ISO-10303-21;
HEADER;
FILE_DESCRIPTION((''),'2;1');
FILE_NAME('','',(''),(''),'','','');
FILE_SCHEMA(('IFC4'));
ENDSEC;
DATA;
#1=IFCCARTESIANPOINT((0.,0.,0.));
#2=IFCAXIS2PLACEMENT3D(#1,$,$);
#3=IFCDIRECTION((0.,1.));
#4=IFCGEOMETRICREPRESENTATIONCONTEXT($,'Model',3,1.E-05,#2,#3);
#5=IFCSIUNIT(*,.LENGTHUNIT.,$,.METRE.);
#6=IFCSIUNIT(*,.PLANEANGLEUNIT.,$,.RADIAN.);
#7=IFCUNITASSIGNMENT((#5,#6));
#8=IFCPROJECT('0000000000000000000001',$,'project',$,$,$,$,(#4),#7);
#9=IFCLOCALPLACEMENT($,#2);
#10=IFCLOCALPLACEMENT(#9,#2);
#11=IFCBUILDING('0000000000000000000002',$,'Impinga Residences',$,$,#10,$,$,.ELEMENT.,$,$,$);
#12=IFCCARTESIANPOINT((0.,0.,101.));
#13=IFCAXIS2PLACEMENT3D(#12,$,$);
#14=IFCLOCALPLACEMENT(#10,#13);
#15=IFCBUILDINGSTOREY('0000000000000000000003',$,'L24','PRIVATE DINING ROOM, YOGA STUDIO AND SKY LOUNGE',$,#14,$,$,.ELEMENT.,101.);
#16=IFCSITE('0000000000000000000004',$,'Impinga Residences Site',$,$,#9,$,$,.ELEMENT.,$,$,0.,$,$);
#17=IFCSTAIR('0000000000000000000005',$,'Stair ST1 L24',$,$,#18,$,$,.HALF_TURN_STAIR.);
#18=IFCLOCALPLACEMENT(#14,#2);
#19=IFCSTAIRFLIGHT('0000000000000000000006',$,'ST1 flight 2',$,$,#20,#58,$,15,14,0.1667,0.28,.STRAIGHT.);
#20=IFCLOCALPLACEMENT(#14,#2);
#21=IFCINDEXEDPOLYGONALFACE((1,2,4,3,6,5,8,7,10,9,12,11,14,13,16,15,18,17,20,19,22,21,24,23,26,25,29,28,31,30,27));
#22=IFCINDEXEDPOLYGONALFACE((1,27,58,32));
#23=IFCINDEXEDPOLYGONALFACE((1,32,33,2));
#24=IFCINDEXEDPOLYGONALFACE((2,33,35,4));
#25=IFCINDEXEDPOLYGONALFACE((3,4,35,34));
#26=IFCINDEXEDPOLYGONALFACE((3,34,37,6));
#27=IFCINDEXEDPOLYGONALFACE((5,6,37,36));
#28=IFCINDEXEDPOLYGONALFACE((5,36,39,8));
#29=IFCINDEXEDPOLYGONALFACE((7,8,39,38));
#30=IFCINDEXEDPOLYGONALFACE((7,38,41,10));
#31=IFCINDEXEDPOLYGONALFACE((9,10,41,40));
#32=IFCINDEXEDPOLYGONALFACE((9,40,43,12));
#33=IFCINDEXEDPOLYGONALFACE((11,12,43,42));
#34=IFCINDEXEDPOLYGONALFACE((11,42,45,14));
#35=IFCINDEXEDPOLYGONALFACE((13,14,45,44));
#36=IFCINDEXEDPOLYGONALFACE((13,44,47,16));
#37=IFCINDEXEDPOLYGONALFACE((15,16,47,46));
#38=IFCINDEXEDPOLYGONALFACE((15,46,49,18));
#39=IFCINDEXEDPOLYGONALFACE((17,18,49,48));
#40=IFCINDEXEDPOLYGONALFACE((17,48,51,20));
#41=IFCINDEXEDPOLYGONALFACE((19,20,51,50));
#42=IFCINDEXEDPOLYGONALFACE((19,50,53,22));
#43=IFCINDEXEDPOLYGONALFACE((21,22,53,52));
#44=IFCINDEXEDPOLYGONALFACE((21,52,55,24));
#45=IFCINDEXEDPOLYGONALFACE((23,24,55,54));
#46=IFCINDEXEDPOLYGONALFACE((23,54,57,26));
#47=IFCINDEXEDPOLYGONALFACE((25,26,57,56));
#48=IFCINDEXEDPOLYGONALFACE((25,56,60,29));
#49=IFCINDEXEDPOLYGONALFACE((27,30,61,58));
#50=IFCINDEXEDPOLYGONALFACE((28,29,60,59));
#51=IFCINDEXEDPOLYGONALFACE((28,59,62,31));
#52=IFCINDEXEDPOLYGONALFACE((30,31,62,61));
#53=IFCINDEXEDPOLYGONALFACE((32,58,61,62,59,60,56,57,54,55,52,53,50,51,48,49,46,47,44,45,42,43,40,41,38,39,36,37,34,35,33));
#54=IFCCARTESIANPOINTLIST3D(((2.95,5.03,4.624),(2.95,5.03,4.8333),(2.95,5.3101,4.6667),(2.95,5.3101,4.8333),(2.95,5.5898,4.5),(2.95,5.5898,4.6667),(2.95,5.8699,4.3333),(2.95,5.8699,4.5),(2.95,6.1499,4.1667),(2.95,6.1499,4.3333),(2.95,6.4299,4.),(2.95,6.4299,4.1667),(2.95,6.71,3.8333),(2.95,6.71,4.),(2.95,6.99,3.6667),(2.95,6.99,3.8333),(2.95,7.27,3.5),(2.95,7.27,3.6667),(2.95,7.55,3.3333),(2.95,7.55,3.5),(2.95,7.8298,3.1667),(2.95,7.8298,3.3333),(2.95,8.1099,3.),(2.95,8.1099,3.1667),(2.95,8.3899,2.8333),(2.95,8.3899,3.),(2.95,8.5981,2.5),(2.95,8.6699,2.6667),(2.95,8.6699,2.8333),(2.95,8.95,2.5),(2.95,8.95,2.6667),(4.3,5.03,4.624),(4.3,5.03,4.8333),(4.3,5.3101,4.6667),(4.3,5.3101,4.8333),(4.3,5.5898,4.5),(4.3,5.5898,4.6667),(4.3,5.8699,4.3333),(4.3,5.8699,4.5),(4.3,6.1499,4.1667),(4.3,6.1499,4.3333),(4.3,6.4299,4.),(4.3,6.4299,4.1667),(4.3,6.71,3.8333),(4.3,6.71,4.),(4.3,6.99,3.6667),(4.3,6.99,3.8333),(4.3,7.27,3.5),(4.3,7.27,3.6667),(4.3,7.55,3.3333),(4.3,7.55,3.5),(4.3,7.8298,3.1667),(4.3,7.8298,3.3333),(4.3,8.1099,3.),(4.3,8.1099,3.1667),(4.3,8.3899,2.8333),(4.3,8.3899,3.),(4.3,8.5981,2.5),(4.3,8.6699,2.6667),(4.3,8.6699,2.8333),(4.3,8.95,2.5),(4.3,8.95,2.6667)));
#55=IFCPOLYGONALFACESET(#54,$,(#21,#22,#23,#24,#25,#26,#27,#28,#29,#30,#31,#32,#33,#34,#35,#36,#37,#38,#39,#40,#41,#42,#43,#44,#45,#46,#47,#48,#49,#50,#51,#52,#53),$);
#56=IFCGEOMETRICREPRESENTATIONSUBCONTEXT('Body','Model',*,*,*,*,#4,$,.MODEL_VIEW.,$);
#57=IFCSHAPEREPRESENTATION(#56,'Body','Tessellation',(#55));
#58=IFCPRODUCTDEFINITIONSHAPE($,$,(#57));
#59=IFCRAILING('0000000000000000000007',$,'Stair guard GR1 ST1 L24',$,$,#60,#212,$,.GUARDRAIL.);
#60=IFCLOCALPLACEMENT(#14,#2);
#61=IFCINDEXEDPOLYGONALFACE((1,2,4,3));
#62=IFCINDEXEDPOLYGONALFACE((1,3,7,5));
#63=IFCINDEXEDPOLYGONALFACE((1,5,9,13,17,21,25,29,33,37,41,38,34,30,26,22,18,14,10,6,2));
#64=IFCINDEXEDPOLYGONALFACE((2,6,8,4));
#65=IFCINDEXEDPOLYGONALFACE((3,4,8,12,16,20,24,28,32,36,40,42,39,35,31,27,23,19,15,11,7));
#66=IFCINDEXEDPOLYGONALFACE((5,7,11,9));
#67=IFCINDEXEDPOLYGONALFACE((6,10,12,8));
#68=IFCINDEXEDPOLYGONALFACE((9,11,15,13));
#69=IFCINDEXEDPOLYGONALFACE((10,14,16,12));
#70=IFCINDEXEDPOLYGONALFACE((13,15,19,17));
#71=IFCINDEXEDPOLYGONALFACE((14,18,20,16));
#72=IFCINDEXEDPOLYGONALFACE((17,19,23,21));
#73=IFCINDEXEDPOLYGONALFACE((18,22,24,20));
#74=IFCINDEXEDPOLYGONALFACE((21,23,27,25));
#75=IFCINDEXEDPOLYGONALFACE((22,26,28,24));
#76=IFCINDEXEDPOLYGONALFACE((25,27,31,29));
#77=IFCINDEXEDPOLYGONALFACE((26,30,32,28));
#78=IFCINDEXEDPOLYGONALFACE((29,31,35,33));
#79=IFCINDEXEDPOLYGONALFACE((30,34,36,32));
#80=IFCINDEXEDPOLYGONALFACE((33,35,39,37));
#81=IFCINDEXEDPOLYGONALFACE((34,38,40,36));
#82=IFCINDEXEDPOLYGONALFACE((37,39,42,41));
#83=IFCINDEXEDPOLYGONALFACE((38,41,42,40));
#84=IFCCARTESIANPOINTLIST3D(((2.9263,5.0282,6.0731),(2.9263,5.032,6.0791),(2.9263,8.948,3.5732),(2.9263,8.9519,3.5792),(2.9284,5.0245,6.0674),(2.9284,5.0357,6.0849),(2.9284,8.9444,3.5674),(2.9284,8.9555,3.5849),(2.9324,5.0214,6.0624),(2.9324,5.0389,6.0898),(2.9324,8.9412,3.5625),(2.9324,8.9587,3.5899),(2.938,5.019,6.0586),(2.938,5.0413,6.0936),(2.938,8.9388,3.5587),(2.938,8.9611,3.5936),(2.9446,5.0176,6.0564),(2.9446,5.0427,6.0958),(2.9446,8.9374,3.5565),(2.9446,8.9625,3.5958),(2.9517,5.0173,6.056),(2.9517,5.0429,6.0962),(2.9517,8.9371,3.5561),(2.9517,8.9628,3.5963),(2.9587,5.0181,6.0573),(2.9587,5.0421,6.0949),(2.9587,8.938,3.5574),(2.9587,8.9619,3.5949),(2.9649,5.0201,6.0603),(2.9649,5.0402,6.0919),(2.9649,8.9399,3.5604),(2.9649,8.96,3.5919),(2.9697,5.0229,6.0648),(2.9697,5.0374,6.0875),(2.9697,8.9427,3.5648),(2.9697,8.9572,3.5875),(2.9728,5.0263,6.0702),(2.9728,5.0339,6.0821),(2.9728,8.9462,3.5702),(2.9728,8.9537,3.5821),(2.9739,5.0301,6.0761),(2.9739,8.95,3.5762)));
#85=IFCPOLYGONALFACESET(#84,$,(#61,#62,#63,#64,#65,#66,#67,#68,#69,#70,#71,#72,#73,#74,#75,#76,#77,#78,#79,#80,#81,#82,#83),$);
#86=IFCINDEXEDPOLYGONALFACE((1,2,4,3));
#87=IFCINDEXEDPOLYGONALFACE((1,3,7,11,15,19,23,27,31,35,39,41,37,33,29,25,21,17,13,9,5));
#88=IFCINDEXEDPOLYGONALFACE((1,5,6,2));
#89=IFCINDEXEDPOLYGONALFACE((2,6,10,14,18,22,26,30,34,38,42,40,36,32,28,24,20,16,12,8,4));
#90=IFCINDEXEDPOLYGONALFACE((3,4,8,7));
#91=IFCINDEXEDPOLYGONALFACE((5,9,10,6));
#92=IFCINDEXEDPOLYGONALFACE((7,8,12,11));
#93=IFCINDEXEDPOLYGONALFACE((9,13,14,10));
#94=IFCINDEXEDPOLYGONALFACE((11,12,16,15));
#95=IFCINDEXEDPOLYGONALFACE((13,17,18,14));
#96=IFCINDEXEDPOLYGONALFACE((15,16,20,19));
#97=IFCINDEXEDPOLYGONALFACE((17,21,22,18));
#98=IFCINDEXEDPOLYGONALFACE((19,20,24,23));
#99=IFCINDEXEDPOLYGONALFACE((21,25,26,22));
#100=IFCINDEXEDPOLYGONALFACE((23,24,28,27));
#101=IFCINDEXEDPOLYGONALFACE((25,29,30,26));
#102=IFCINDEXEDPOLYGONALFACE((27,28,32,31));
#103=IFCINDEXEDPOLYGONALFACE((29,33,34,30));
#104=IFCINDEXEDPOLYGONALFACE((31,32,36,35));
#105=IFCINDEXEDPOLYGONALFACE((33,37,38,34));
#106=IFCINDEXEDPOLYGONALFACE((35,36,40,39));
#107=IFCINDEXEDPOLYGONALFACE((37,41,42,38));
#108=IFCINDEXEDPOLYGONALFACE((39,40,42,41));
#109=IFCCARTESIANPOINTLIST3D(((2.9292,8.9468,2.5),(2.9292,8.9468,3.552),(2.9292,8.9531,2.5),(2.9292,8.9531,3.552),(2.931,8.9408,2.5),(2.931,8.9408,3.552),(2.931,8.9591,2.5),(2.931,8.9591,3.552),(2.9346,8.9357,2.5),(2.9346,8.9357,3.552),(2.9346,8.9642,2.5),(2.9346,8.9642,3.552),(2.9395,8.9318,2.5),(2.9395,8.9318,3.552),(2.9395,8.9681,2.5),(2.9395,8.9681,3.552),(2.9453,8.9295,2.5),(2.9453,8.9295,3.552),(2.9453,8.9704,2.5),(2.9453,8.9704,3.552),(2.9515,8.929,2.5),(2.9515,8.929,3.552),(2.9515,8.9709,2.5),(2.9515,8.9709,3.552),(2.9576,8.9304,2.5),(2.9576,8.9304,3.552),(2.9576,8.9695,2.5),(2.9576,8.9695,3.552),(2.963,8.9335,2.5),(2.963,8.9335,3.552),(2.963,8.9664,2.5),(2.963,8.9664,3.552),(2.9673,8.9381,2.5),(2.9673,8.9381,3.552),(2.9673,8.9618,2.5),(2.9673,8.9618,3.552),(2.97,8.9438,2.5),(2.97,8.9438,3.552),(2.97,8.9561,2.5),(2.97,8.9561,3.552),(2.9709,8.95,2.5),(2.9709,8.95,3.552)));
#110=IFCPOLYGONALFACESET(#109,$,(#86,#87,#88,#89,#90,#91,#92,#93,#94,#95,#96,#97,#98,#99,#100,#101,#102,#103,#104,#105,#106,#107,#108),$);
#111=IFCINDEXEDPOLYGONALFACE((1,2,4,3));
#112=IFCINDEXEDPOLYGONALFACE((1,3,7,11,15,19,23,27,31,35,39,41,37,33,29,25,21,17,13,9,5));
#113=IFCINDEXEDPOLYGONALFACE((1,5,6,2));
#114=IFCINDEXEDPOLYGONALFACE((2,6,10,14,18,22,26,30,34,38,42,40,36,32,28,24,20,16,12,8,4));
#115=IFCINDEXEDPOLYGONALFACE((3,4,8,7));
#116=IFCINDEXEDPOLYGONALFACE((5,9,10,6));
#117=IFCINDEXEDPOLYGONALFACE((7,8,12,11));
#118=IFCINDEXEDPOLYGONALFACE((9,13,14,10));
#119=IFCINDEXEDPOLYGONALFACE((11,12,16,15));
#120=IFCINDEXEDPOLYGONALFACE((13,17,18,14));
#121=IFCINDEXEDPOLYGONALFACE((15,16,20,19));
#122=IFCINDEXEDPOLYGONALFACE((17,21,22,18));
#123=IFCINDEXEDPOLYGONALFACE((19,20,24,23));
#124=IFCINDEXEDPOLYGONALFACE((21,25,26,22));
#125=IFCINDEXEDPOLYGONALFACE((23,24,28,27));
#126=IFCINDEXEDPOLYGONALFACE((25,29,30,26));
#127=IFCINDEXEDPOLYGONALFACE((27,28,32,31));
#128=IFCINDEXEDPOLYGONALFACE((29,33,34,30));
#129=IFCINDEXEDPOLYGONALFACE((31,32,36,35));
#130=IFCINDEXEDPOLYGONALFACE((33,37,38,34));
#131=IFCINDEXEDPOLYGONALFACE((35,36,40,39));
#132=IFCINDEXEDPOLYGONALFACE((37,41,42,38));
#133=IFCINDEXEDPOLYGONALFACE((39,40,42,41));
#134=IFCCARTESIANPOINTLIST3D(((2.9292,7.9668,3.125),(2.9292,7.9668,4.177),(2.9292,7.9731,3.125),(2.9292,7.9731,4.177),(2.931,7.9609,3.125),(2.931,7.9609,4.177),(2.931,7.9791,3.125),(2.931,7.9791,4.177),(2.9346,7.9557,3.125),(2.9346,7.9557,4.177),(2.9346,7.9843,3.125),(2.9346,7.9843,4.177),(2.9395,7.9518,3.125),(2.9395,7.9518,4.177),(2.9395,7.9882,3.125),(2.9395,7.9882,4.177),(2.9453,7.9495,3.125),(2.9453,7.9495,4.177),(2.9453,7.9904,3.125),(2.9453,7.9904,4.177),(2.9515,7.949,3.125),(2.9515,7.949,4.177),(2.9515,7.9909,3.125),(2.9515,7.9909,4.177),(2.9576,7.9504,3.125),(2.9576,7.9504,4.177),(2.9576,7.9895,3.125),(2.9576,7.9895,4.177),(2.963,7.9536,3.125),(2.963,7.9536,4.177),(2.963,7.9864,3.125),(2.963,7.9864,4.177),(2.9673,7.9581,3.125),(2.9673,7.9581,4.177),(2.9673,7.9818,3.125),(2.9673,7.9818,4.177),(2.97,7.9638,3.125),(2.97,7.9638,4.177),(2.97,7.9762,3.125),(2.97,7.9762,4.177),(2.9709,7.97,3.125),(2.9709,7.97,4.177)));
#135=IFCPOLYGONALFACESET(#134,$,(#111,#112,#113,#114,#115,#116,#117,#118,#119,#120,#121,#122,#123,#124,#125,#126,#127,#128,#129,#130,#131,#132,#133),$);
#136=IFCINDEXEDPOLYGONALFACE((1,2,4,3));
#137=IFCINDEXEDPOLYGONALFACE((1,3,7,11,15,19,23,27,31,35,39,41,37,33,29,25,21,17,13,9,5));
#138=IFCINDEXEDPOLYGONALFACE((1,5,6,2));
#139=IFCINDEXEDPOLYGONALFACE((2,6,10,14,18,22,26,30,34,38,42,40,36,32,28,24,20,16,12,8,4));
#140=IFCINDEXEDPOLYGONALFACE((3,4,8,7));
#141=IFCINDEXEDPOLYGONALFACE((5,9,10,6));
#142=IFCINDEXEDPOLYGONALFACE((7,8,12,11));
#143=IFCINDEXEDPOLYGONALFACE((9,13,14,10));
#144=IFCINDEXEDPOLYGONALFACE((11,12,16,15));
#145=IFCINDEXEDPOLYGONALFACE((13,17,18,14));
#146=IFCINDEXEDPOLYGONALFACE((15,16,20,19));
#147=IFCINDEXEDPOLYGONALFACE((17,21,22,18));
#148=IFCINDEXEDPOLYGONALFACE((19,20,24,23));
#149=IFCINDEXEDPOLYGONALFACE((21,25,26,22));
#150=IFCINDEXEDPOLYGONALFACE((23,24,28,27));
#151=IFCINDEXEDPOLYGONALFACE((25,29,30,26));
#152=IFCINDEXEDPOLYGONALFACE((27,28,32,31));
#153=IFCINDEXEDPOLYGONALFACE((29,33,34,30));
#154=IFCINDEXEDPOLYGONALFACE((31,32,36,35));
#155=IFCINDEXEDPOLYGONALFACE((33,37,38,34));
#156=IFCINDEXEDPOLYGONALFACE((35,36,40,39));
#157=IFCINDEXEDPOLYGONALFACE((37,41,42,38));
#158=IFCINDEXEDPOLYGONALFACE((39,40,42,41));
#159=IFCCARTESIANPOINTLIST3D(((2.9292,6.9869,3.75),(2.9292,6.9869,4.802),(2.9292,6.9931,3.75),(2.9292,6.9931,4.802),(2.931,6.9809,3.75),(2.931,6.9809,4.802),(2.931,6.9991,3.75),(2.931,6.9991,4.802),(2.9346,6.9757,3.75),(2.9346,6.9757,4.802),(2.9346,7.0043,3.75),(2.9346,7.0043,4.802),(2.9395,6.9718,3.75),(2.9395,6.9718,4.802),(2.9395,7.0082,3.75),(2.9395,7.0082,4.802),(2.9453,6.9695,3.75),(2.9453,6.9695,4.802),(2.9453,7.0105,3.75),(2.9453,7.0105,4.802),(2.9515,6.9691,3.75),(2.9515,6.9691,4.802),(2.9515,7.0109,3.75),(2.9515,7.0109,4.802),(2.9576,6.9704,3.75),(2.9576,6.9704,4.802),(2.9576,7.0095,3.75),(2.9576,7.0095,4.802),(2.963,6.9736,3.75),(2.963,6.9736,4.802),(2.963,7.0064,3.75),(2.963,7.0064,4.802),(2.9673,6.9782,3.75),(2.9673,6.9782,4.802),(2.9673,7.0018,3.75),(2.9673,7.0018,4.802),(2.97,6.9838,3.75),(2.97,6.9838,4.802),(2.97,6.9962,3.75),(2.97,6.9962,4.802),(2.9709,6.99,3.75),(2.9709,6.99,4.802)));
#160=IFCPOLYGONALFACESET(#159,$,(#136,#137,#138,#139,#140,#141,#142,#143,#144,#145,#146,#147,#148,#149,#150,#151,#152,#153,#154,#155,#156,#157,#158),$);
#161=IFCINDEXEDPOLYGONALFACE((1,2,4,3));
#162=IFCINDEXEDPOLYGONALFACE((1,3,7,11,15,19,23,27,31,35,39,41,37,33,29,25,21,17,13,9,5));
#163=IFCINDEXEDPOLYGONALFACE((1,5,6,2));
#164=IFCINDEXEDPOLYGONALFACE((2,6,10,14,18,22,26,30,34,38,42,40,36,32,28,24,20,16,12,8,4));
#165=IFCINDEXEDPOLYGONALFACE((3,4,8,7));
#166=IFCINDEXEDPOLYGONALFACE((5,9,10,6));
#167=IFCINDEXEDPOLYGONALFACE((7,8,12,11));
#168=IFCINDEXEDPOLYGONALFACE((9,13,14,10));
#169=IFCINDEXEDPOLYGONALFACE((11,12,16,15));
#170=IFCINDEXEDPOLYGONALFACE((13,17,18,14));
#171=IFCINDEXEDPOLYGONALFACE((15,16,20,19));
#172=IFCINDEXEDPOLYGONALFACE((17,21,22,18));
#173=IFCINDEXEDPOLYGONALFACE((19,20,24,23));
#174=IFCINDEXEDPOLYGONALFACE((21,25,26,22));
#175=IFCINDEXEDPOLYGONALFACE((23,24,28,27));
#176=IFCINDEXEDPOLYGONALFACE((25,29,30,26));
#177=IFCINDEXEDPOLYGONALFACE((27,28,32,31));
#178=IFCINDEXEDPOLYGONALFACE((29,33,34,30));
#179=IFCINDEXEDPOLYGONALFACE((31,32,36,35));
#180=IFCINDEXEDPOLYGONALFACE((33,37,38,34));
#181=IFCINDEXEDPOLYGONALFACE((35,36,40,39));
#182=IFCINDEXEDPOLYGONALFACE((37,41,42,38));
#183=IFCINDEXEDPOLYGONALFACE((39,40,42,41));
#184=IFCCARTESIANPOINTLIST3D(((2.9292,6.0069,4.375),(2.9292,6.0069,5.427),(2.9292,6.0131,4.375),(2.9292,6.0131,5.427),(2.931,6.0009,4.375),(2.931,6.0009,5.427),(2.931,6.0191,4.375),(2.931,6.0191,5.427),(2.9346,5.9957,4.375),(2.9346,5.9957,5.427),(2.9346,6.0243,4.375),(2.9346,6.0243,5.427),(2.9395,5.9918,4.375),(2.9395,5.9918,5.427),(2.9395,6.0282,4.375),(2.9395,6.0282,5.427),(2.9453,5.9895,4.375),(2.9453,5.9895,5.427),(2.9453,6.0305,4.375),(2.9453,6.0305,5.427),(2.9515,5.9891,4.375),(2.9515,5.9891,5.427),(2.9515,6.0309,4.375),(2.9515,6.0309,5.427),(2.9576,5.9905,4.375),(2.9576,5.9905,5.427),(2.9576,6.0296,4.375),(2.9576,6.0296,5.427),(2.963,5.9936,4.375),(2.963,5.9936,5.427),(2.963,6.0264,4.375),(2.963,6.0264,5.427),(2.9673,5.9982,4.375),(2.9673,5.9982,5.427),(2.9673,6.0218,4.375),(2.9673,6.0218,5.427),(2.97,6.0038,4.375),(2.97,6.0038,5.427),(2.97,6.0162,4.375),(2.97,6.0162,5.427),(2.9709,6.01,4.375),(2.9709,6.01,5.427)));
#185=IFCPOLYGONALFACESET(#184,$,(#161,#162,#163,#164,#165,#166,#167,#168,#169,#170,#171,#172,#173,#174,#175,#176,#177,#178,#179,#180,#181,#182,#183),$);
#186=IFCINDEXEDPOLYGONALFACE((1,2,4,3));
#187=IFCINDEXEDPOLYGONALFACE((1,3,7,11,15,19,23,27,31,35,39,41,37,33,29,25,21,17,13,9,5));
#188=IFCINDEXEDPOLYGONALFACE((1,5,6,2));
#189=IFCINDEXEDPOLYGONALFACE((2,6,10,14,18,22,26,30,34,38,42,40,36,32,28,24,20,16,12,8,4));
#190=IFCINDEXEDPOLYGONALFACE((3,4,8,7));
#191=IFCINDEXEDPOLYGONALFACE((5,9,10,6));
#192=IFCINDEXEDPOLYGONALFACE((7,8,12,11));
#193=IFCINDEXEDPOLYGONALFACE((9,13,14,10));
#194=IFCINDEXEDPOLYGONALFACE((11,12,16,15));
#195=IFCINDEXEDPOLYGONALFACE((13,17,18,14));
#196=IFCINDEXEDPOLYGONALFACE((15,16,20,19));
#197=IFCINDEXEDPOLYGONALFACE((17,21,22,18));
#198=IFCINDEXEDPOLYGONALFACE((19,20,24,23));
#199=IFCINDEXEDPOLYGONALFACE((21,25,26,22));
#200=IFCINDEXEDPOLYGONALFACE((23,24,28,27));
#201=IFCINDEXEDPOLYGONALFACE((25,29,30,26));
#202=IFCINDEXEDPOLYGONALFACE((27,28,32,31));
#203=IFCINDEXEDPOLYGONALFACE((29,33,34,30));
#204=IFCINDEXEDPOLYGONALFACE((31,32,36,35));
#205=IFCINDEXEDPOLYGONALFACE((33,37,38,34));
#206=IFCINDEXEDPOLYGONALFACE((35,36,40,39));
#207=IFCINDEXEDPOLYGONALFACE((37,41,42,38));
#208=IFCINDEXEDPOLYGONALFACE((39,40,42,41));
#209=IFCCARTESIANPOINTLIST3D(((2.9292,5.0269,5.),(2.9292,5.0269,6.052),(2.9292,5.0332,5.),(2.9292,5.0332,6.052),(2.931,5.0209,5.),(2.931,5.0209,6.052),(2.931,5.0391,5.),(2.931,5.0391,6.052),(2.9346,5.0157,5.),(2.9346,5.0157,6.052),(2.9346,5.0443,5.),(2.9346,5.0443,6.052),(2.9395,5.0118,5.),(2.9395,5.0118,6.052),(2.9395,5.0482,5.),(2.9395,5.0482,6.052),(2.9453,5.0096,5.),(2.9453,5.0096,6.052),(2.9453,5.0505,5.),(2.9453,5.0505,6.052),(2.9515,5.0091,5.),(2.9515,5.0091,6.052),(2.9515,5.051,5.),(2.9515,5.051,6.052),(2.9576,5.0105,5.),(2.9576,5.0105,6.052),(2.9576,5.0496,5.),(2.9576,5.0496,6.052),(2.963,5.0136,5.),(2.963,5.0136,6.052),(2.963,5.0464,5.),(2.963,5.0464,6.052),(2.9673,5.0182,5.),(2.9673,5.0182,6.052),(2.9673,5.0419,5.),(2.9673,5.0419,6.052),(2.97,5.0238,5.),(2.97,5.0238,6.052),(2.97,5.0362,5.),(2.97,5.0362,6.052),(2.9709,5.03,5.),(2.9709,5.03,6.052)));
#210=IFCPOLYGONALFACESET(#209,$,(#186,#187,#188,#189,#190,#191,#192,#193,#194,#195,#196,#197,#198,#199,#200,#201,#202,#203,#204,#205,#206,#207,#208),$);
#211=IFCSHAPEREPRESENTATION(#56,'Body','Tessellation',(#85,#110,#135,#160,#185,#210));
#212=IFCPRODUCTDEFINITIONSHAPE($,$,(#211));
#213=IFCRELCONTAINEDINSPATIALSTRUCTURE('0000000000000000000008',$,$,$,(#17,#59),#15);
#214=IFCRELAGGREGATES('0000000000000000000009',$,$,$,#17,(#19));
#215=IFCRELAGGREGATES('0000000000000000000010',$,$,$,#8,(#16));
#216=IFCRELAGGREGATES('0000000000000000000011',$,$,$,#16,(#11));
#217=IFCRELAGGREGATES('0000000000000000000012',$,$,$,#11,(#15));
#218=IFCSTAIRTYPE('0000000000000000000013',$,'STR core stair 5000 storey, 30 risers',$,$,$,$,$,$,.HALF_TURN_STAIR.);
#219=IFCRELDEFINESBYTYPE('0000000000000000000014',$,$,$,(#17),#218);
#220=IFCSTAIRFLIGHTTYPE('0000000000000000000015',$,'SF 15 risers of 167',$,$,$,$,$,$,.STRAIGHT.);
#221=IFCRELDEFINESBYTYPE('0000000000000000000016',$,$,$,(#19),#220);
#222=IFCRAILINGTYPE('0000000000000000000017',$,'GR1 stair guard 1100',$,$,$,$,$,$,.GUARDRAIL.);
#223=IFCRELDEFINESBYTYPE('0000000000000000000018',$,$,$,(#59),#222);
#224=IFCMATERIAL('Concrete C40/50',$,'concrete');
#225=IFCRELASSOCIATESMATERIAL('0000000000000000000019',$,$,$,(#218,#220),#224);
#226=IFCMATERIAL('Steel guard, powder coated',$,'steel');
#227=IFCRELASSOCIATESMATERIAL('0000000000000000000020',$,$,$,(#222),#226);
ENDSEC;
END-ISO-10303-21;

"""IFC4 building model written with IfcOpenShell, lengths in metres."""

from ifc_helpers import new_model, si_unit, direction, frame, origin, origin_2d, place, context, subcontext, project, spatial, polyline, circle, outline, extrude, material, type_object, element, aggregate, save


model = new_model("IFC4")

# Units and contexts
model_context = context("Model", 3, precision=1e-05, world=origin(), true_north=direction((0.0, 1.0)))
body_context = subcontext(model_context, "Body", "Model", "MODEL_VIEW")
ifc_project = project(units=[si_unit("LENGTHUNIT", "METRE"), si_unit("PLANEANGLEUNIT", "RADIAN")], contexts=[model_context])

# Site, building, storey
site_placement = place(None, origin())
site = spatial("IfcSite", under=ifc_project, at=site_placement, Name="Impinga Residences Site", CompositionType="ELEMENT", RefElevation=0.0)
building_placement = place(site_placement, origin())
building = spatial("IfcBuilding", under=site, at=building_placement, Name="Impinga Residences", CompositionType="ELEMENT")
storey_placement = place(building_placement, frame((0.0, 0.0, 101.0)))
storey = spatial("IfcBuildingStorey", under=building, at=storey_placement, Name="L24", Description="PRIVATE DINING ROOM, YOGA STUDIO AND SKY LOUNGE", CompositionType="ELEMENT", Elevation=101.0)

# Stair, stair flight
ifc_material_1 = material(Name="Concrete C40/50", Category="concrete")
stair_type = type_object("IfcStairType", Name="STR core stair 5000 storey, 30 risers", PredefinedType="HALF_TURN_STAIR", material=ifc_material_1)
stair_placement = place(storey_placement, origin())
stair = element("IfcStair", 1, at=stair_placement, inside=storey, type_object=stair_type, Name="Stair ST1 L24", PredefinedType="HALF_TURN_STAIR")
stair_flight_type = type_object("IfcStairFlightType", Name="SF 15 risers of 167", PredefinedType="STRAIGHT", material=ifc_material_1)
stair_flight_placement = place(storey_placement, frame((3.625, 8.95, 2.5), z_axis=(0.0, 0.0, 1.0), x_axis=(0.0, -1.0, 0.0)))
stair_flight = element("IfcStairFlight", 2, at=stair_flight_placement, type_object=stair_flight_type, Name="ST1 flight 2", NumberOfRisers=15, NumberOfTreads=14, PredefinedType="STRAIGHT", RiserHeight=0.1667, TreadLength=0.28, context=body_context, shape_type="SweptSolid", body=[
    extrude(outline(polyline([(0.0, 0.0), (0.0, 0.1667), (0.28, 0.1667), (0.28, 0.3333), (0.5601, 0.3333), (0.5601, 0.5), (0.8401, 0.5), (0.8401, 0.6667), (1.1201, 0.6667), (1.1201, 0.8333), (1.3999, 0.8333), (1.3999, 1.0), (1.6799, 1.0), (1.6799, 1.1667), (1.96, 1.1667), (1.96, 1.3333), (2.24, 1.3333), (2.24, 1.5), (2.52, 1.5), (2.52, 1.6667), (2.8, 1.6667), (2.8, 1.8333), (3.0801, 1.8333), (3.0801, 2.0), (3.3601, 2.0), (3.3601, 2.1667), (3.6399, 2.1667), (3.6399, 2.3333), (3.9199, 2.3333), (3.9199, 2.5), (3.9199, 2.124), (0.3518, 0.0), (0.0, 0.0)])), frame((0.0, 0.675, 0.0), z_axis=(0.0, -1.0, 0.0), x_axis=(1.0, 0.0, 0.0)), (0.0, 0.0, 1.0), 1.3501),
])
aggregate(stair, [stair_flight])

# Railing
ifc_material_2 = material(Name="Steel guard, powder coated", Category="steel")
railing_type_1 = type_object("IfcRailingType", Name="GR1 stair guard 1100", PredefinedType="GUARDRAIL", material=ifc_material_2)
railing_1_placement = place(storey_placement, frame((2.95, 8.95, 2.5)))
element("IfcRailing", 3, at=railing_1_placement, inside=storey, type_object=railing_type_1, Name="Stair guard GR1 ST1 L24", PredefinedType="GUARDRAIL", context=body_context, shape_type="SweptSolid", body=[
    extrude(circle(Radius=0.0239, at=origin_2d()), frame((0.0, 0.0, 1.0762), z_axis=(0.0, -0.843125, 0.537718), x_axis=(1.0, 0.0, 0.0)), (0.0, 0.0, 1.0), 4.6492),
    extrude(circle(Radius=0.021, at=origin_2d()), origin(), (0.0, 0.0, 1.0), 1.052),
    extrude(circle(Radius=0.021, at=origin_2d()), frame((0.0, -0.98, 0.625)), (0.0, 0.0, 1.0), 1.052),
    extrude(circle(Radius=0.021, at=origin_2d()), frame((0.0, -1.96, 1.25)), (0.0, 0.0, 1.0), 1.052),
    extrude(circle(Radius=0.021, at=origin_2d()), frame((0.0, -2.9399, 1.875)), (0.0, 0.0, 1.0), 1.052),
    extrude(circle(Radius=0.021, at=origin_2d()), frame((0.0, -3.9199, 2.5)), (0.0, 0.0, 1.0), 1.052),
])

save(model, "model.ifc")
